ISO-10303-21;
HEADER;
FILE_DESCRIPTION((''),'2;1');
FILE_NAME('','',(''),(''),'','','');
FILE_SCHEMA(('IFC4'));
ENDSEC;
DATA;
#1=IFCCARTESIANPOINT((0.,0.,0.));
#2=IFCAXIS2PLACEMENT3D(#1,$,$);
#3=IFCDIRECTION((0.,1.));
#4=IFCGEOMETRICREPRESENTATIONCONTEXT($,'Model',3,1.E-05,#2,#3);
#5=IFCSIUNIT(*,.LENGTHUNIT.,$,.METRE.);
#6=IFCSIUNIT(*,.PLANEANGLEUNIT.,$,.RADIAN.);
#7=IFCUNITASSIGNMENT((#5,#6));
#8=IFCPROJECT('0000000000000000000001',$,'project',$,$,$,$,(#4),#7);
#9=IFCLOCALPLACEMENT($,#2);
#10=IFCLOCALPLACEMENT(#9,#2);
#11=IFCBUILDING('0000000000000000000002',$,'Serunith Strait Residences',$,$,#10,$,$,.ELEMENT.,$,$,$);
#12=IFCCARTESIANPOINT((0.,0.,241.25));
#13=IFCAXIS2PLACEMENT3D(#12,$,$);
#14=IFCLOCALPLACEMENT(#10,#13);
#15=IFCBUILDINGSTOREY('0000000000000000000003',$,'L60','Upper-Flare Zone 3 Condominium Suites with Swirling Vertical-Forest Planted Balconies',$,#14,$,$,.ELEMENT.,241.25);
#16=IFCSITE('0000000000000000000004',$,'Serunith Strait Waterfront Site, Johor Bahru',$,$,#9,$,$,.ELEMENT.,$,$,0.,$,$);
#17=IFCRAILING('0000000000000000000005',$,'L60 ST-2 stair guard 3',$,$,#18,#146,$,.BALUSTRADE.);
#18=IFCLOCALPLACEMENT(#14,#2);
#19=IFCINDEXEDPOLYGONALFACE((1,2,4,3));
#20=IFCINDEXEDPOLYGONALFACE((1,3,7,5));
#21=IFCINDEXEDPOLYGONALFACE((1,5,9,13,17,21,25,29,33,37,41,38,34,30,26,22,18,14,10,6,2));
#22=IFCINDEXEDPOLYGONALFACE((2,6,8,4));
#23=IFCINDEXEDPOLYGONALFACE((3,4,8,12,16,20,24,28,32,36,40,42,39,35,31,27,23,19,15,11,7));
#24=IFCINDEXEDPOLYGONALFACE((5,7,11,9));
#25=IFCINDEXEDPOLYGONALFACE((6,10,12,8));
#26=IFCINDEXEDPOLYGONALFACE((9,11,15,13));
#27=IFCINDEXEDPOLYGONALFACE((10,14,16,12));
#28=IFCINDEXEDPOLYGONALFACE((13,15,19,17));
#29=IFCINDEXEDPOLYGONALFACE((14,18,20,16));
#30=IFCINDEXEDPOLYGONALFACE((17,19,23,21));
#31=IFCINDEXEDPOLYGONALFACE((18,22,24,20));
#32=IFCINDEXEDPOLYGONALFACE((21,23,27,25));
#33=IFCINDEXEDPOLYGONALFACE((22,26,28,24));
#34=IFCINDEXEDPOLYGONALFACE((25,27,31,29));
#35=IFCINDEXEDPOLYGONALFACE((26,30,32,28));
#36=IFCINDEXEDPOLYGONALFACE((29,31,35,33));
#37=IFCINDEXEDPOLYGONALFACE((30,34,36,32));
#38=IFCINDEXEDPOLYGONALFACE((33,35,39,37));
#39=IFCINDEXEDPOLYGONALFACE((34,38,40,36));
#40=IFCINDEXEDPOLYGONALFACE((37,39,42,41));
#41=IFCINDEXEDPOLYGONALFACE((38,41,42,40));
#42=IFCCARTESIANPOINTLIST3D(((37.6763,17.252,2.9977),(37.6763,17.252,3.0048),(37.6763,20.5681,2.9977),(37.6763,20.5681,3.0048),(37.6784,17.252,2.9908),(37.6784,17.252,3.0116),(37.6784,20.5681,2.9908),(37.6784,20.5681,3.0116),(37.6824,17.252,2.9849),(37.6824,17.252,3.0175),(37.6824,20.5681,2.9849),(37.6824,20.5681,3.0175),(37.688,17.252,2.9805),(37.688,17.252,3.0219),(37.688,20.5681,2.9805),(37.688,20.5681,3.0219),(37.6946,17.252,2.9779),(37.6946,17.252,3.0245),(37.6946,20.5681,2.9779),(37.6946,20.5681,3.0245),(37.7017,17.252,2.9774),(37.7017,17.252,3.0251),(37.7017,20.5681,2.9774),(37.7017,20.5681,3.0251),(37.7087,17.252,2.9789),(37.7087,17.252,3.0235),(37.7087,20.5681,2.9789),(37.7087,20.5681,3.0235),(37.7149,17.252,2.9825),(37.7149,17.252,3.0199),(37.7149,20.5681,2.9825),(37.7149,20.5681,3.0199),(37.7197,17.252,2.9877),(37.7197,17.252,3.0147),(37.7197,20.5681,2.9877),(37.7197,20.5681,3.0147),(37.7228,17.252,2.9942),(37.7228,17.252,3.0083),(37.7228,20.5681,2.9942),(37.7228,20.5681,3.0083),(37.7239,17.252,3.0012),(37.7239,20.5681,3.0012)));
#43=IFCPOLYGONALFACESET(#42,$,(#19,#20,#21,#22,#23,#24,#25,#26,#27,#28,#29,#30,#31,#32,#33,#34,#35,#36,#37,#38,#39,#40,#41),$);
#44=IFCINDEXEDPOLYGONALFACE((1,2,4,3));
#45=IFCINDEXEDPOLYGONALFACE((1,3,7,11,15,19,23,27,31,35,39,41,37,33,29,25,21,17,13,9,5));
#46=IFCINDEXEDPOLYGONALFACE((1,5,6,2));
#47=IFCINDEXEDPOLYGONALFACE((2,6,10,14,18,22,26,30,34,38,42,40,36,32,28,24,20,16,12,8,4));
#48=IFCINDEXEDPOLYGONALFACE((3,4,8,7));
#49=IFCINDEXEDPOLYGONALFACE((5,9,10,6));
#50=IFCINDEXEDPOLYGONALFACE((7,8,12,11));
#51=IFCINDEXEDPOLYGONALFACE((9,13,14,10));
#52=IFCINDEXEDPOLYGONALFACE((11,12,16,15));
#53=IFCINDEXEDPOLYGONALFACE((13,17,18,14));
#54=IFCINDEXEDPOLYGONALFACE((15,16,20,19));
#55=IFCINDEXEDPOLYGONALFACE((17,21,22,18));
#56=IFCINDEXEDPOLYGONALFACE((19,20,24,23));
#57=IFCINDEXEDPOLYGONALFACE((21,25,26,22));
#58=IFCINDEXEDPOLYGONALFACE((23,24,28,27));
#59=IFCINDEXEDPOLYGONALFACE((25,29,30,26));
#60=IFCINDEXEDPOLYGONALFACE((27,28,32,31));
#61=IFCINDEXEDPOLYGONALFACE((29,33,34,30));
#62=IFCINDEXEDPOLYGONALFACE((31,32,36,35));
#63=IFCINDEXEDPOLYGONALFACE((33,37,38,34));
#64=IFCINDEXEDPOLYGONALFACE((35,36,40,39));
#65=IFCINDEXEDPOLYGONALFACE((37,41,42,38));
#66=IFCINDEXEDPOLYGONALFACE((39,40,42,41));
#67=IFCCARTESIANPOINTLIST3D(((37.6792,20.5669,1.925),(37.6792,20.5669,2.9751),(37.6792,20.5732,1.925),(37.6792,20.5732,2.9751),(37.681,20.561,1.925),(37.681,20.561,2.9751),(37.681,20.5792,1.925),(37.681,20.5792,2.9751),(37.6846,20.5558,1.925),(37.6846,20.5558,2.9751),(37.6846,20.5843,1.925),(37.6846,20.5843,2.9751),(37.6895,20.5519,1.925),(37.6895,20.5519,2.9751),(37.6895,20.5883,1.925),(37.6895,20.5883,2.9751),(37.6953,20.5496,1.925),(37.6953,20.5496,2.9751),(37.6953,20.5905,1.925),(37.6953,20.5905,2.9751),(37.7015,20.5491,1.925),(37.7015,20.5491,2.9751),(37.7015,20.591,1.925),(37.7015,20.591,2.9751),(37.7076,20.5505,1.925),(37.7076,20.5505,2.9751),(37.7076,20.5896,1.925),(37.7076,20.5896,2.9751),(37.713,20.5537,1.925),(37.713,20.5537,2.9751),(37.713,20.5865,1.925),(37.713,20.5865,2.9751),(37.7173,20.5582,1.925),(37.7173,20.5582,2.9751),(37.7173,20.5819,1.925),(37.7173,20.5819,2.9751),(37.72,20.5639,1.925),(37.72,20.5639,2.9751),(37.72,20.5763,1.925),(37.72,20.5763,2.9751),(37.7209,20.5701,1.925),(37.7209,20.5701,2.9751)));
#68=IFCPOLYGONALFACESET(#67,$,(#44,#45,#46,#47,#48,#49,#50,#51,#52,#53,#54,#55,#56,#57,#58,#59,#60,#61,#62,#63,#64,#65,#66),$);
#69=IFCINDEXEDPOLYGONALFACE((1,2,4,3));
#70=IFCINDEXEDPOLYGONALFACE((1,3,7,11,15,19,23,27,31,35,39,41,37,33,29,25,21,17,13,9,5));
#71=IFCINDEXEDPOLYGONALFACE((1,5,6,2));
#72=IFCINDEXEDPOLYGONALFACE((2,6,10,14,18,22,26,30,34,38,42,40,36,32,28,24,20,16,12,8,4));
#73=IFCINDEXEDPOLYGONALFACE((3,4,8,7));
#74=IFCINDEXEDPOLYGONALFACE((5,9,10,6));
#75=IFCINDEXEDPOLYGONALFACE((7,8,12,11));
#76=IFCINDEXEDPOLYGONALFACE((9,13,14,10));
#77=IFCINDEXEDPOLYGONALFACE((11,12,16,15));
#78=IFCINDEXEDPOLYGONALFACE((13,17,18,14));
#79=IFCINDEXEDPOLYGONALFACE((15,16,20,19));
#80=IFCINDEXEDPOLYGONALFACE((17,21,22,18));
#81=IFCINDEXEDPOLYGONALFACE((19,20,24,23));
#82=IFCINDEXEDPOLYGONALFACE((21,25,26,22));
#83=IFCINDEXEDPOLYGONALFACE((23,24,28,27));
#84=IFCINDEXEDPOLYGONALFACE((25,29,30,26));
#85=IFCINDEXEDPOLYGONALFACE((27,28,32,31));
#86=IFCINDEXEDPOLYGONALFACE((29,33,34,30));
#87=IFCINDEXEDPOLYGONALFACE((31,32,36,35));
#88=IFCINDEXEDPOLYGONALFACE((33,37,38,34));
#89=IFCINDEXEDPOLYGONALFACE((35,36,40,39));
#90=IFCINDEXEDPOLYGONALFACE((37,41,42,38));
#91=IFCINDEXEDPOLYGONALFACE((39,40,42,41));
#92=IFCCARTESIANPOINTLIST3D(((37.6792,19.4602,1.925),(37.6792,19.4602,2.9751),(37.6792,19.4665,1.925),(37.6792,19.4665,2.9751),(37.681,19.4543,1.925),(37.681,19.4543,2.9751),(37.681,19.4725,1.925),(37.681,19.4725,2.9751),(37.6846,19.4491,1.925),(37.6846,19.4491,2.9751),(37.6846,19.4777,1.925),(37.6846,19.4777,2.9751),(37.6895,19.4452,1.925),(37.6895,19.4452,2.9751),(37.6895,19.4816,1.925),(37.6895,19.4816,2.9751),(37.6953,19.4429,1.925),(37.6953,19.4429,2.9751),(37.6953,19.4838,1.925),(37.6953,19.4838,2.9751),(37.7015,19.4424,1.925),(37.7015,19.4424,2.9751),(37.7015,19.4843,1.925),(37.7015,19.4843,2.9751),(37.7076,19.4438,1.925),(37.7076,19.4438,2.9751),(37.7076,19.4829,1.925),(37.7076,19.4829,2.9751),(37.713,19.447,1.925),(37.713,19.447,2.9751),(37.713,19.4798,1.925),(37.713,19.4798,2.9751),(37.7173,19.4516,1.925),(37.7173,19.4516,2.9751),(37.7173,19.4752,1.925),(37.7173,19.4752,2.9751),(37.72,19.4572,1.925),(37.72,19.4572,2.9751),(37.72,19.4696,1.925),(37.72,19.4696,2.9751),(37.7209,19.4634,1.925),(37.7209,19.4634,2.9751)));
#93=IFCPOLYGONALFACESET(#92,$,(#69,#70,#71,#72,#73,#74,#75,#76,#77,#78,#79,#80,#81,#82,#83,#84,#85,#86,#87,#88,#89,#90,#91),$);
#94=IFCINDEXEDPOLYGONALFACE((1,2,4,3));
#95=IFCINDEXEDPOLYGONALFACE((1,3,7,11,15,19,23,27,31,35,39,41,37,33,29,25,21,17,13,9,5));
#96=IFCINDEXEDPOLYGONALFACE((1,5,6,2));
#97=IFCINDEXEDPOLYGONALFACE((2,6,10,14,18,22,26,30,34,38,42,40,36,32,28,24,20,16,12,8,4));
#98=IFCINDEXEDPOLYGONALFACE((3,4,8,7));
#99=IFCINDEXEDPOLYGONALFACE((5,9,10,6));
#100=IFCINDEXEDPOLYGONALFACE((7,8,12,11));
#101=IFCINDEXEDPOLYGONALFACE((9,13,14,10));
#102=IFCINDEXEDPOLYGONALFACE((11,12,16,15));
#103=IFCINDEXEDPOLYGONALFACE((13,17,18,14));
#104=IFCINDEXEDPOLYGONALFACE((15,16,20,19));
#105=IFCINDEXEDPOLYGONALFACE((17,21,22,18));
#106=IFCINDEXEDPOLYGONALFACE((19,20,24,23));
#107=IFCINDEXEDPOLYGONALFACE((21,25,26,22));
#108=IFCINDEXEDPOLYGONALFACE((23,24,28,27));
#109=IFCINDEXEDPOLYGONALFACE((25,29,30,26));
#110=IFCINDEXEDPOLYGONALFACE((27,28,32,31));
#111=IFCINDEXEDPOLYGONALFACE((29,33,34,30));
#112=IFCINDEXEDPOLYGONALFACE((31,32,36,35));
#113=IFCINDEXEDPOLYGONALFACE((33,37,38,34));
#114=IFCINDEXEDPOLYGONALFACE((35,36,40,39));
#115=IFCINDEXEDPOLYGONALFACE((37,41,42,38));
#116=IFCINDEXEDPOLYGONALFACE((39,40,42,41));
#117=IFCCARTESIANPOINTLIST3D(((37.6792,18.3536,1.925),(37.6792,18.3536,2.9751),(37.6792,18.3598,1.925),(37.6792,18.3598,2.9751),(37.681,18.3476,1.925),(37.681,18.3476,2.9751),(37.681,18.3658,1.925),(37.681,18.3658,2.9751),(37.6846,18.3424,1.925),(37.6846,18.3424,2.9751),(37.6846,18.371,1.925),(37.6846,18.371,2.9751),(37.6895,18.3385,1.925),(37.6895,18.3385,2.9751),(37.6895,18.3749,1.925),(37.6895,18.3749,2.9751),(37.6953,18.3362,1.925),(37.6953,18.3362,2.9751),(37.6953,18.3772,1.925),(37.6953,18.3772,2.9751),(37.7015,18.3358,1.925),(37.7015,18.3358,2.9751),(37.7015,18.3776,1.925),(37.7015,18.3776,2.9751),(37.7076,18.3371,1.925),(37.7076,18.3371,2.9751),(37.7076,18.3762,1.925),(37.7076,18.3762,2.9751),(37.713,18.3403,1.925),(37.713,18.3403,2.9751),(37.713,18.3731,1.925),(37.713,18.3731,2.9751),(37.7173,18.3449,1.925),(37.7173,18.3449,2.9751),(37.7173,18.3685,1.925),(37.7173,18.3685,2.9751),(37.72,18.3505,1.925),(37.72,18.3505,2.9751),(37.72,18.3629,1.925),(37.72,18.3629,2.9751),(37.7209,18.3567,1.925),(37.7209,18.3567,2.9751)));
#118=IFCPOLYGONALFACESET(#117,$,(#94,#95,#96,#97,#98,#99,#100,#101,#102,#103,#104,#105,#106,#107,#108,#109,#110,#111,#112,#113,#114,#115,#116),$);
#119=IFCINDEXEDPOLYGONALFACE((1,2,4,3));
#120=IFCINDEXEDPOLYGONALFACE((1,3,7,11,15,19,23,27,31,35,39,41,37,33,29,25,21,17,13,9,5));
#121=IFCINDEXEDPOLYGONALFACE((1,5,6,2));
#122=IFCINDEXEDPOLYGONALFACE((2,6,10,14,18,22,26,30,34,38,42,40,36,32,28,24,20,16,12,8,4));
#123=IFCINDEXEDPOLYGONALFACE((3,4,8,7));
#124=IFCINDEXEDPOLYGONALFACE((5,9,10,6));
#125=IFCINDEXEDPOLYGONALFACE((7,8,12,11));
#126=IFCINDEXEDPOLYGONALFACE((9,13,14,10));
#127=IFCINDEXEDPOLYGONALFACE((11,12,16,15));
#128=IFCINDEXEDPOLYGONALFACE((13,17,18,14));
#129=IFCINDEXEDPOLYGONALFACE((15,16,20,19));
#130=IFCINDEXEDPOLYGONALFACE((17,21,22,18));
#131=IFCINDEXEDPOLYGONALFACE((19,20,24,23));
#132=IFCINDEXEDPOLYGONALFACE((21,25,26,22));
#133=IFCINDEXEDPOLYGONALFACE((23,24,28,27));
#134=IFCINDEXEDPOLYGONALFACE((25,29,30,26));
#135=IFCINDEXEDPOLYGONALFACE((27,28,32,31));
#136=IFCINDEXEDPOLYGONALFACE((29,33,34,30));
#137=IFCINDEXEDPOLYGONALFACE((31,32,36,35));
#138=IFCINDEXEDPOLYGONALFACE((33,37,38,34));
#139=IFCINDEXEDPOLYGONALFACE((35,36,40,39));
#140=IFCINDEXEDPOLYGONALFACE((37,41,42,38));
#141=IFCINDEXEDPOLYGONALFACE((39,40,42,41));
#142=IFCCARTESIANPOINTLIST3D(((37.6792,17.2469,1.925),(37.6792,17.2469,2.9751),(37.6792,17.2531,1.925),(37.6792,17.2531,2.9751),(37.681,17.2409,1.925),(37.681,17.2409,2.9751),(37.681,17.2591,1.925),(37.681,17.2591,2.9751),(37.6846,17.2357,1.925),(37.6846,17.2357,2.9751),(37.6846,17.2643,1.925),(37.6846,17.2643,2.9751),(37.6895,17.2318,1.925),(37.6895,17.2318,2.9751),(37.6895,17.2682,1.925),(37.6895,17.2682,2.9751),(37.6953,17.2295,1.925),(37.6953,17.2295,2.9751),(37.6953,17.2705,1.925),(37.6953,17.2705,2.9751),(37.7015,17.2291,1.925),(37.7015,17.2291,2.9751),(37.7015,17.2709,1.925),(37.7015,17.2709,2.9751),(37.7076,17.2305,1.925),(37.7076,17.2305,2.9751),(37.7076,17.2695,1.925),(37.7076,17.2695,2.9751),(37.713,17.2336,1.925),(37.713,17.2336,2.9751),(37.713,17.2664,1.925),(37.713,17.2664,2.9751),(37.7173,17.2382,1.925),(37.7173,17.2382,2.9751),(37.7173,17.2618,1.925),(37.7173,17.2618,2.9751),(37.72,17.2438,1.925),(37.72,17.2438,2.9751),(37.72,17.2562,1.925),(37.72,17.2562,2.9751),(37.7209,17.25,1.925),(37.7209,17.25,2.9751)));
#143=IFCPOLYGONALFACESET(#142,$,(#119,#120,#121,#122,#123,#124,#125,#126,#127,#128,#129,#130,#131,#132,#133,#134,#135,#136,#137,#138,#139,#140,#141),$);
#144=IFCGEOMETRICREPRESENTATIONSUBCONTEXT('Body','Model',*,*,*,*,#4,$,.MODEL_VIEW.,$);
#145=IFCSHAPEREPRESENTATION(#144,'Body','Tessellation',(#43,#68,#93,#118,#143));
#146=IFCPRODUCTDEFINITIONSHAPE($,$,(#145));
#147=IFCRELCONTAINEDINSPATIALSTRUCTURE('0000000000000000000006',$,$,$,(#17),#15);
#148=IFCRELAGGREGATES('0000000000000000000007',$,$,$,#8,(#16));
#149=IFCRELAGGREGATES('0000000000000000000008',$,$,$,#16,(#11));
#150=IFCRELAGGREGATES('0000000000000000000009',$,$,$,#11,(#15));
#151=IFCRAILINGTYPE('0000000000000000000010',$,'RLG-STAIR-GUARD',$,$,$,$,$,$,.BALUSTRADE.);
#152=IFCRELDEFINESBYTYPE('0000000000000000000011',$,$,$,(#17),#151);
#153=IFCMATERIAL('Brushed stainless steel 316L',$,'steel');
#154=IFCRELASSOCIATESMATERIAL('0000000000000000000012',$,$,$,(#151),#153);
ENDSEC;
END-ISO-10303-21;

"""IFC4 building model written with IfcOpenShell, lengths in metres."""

from ifc_helpers import new_model, si_unit, direction, frame, origin, origin_2d, place, context, subcontext, project, spatial, circle, extrude, material, type_object, element, save


model = new_model("IFC4")

# Units and contexts
model_context = context("Model", 3, precision=1e-05, world=origin(), true_north=direction((0.0, 1.0)))
body_context = subcontext(model_context, "Body", "Model", "MODEL_VIEW")
ifc_project = project(units=[si_unit("LENGTHUNIT", "METRE"), si_unit("PLANEANGLEUNIT", "RADIAN")], contexts=[model_context])

# Site, building, storey
site_placement = place(None, origin())
site = spatial("IfcSite", under=ifc_project, at=site_placement, Name="Serunith Strait Waterfront Site, Johor Bahru", CompositionType="ELEMENT", RefElevation=0.0)
building_placement = place(site_placement, origin())
building = spatial("IfcBuilding", under=site, at=building_placement, Name="Serunith Strait Residences", CompositionType="ELEMENT")
storey_placement = place(building_placement, frame((0.0, 0.0, 241.25)))
storey = spatial("IfcBuildingStorey", under=building, at=storey_placement, Name="L60", Description="Upper-Flare Zone 3 Condominium Suites with Swirling Vertical-Forest Planted Balconies", CompositionType="ELEMENT", Elevation=241.25)

# Railing
ifc_material_1 = material(Name="Brushed stainless steel 316L", Category="steel")
railing_type_1 = type_object("IfcRailingType", Name="RLG-STAIR-GUARD", PredefinedType="BALUSTRADE", material=ifc_material_1)
for number, where, name in (
    (1, (37.7, 20.5701, 1.925), "L60 ST-2 stair guard 3"),
):
    element("IfcRailing", number, at=place(storey_placement, frame(where)), inside=storey, type_object=railing_type_1, Name=name, PredefinedType="BALUSTRADE", context=body_context, shape_type="SweptSolid", body=[
        extrude(circle(Radius=0.0239, at=origin_2d()), frame((0.0, -0.002, 1.0762), z_axis=(0.0, -1.0, 0.0), x_axis=(1.0, 0.0, 0.0)), (0.0, 0.0, 1.0), 3.3162),
        extrude(circle(Radius=0.021, at=origin_2d()), origin(), (0.0, 0.0, 1.0), 1.05),
        extrude(circle(Radius=0.021, at=origin_2d()), frame((0.0, -1.1067, 0.0)), (0.0, 0.0, 1.0), 1.05),
        extrude(circle(Radius=0.021, at=origin_2d()), frame((0.0, -2.2134, 0.0)), (0.0, 0.0, 1.0), 1.05),
        extrude(circle(Radius=0.021, at=origin_2d()), frame((0.0, -3.3201, 0.0)), (0.0, 0.0, 1.0), 1.05),
    ])

save(model, "model.ifc")
